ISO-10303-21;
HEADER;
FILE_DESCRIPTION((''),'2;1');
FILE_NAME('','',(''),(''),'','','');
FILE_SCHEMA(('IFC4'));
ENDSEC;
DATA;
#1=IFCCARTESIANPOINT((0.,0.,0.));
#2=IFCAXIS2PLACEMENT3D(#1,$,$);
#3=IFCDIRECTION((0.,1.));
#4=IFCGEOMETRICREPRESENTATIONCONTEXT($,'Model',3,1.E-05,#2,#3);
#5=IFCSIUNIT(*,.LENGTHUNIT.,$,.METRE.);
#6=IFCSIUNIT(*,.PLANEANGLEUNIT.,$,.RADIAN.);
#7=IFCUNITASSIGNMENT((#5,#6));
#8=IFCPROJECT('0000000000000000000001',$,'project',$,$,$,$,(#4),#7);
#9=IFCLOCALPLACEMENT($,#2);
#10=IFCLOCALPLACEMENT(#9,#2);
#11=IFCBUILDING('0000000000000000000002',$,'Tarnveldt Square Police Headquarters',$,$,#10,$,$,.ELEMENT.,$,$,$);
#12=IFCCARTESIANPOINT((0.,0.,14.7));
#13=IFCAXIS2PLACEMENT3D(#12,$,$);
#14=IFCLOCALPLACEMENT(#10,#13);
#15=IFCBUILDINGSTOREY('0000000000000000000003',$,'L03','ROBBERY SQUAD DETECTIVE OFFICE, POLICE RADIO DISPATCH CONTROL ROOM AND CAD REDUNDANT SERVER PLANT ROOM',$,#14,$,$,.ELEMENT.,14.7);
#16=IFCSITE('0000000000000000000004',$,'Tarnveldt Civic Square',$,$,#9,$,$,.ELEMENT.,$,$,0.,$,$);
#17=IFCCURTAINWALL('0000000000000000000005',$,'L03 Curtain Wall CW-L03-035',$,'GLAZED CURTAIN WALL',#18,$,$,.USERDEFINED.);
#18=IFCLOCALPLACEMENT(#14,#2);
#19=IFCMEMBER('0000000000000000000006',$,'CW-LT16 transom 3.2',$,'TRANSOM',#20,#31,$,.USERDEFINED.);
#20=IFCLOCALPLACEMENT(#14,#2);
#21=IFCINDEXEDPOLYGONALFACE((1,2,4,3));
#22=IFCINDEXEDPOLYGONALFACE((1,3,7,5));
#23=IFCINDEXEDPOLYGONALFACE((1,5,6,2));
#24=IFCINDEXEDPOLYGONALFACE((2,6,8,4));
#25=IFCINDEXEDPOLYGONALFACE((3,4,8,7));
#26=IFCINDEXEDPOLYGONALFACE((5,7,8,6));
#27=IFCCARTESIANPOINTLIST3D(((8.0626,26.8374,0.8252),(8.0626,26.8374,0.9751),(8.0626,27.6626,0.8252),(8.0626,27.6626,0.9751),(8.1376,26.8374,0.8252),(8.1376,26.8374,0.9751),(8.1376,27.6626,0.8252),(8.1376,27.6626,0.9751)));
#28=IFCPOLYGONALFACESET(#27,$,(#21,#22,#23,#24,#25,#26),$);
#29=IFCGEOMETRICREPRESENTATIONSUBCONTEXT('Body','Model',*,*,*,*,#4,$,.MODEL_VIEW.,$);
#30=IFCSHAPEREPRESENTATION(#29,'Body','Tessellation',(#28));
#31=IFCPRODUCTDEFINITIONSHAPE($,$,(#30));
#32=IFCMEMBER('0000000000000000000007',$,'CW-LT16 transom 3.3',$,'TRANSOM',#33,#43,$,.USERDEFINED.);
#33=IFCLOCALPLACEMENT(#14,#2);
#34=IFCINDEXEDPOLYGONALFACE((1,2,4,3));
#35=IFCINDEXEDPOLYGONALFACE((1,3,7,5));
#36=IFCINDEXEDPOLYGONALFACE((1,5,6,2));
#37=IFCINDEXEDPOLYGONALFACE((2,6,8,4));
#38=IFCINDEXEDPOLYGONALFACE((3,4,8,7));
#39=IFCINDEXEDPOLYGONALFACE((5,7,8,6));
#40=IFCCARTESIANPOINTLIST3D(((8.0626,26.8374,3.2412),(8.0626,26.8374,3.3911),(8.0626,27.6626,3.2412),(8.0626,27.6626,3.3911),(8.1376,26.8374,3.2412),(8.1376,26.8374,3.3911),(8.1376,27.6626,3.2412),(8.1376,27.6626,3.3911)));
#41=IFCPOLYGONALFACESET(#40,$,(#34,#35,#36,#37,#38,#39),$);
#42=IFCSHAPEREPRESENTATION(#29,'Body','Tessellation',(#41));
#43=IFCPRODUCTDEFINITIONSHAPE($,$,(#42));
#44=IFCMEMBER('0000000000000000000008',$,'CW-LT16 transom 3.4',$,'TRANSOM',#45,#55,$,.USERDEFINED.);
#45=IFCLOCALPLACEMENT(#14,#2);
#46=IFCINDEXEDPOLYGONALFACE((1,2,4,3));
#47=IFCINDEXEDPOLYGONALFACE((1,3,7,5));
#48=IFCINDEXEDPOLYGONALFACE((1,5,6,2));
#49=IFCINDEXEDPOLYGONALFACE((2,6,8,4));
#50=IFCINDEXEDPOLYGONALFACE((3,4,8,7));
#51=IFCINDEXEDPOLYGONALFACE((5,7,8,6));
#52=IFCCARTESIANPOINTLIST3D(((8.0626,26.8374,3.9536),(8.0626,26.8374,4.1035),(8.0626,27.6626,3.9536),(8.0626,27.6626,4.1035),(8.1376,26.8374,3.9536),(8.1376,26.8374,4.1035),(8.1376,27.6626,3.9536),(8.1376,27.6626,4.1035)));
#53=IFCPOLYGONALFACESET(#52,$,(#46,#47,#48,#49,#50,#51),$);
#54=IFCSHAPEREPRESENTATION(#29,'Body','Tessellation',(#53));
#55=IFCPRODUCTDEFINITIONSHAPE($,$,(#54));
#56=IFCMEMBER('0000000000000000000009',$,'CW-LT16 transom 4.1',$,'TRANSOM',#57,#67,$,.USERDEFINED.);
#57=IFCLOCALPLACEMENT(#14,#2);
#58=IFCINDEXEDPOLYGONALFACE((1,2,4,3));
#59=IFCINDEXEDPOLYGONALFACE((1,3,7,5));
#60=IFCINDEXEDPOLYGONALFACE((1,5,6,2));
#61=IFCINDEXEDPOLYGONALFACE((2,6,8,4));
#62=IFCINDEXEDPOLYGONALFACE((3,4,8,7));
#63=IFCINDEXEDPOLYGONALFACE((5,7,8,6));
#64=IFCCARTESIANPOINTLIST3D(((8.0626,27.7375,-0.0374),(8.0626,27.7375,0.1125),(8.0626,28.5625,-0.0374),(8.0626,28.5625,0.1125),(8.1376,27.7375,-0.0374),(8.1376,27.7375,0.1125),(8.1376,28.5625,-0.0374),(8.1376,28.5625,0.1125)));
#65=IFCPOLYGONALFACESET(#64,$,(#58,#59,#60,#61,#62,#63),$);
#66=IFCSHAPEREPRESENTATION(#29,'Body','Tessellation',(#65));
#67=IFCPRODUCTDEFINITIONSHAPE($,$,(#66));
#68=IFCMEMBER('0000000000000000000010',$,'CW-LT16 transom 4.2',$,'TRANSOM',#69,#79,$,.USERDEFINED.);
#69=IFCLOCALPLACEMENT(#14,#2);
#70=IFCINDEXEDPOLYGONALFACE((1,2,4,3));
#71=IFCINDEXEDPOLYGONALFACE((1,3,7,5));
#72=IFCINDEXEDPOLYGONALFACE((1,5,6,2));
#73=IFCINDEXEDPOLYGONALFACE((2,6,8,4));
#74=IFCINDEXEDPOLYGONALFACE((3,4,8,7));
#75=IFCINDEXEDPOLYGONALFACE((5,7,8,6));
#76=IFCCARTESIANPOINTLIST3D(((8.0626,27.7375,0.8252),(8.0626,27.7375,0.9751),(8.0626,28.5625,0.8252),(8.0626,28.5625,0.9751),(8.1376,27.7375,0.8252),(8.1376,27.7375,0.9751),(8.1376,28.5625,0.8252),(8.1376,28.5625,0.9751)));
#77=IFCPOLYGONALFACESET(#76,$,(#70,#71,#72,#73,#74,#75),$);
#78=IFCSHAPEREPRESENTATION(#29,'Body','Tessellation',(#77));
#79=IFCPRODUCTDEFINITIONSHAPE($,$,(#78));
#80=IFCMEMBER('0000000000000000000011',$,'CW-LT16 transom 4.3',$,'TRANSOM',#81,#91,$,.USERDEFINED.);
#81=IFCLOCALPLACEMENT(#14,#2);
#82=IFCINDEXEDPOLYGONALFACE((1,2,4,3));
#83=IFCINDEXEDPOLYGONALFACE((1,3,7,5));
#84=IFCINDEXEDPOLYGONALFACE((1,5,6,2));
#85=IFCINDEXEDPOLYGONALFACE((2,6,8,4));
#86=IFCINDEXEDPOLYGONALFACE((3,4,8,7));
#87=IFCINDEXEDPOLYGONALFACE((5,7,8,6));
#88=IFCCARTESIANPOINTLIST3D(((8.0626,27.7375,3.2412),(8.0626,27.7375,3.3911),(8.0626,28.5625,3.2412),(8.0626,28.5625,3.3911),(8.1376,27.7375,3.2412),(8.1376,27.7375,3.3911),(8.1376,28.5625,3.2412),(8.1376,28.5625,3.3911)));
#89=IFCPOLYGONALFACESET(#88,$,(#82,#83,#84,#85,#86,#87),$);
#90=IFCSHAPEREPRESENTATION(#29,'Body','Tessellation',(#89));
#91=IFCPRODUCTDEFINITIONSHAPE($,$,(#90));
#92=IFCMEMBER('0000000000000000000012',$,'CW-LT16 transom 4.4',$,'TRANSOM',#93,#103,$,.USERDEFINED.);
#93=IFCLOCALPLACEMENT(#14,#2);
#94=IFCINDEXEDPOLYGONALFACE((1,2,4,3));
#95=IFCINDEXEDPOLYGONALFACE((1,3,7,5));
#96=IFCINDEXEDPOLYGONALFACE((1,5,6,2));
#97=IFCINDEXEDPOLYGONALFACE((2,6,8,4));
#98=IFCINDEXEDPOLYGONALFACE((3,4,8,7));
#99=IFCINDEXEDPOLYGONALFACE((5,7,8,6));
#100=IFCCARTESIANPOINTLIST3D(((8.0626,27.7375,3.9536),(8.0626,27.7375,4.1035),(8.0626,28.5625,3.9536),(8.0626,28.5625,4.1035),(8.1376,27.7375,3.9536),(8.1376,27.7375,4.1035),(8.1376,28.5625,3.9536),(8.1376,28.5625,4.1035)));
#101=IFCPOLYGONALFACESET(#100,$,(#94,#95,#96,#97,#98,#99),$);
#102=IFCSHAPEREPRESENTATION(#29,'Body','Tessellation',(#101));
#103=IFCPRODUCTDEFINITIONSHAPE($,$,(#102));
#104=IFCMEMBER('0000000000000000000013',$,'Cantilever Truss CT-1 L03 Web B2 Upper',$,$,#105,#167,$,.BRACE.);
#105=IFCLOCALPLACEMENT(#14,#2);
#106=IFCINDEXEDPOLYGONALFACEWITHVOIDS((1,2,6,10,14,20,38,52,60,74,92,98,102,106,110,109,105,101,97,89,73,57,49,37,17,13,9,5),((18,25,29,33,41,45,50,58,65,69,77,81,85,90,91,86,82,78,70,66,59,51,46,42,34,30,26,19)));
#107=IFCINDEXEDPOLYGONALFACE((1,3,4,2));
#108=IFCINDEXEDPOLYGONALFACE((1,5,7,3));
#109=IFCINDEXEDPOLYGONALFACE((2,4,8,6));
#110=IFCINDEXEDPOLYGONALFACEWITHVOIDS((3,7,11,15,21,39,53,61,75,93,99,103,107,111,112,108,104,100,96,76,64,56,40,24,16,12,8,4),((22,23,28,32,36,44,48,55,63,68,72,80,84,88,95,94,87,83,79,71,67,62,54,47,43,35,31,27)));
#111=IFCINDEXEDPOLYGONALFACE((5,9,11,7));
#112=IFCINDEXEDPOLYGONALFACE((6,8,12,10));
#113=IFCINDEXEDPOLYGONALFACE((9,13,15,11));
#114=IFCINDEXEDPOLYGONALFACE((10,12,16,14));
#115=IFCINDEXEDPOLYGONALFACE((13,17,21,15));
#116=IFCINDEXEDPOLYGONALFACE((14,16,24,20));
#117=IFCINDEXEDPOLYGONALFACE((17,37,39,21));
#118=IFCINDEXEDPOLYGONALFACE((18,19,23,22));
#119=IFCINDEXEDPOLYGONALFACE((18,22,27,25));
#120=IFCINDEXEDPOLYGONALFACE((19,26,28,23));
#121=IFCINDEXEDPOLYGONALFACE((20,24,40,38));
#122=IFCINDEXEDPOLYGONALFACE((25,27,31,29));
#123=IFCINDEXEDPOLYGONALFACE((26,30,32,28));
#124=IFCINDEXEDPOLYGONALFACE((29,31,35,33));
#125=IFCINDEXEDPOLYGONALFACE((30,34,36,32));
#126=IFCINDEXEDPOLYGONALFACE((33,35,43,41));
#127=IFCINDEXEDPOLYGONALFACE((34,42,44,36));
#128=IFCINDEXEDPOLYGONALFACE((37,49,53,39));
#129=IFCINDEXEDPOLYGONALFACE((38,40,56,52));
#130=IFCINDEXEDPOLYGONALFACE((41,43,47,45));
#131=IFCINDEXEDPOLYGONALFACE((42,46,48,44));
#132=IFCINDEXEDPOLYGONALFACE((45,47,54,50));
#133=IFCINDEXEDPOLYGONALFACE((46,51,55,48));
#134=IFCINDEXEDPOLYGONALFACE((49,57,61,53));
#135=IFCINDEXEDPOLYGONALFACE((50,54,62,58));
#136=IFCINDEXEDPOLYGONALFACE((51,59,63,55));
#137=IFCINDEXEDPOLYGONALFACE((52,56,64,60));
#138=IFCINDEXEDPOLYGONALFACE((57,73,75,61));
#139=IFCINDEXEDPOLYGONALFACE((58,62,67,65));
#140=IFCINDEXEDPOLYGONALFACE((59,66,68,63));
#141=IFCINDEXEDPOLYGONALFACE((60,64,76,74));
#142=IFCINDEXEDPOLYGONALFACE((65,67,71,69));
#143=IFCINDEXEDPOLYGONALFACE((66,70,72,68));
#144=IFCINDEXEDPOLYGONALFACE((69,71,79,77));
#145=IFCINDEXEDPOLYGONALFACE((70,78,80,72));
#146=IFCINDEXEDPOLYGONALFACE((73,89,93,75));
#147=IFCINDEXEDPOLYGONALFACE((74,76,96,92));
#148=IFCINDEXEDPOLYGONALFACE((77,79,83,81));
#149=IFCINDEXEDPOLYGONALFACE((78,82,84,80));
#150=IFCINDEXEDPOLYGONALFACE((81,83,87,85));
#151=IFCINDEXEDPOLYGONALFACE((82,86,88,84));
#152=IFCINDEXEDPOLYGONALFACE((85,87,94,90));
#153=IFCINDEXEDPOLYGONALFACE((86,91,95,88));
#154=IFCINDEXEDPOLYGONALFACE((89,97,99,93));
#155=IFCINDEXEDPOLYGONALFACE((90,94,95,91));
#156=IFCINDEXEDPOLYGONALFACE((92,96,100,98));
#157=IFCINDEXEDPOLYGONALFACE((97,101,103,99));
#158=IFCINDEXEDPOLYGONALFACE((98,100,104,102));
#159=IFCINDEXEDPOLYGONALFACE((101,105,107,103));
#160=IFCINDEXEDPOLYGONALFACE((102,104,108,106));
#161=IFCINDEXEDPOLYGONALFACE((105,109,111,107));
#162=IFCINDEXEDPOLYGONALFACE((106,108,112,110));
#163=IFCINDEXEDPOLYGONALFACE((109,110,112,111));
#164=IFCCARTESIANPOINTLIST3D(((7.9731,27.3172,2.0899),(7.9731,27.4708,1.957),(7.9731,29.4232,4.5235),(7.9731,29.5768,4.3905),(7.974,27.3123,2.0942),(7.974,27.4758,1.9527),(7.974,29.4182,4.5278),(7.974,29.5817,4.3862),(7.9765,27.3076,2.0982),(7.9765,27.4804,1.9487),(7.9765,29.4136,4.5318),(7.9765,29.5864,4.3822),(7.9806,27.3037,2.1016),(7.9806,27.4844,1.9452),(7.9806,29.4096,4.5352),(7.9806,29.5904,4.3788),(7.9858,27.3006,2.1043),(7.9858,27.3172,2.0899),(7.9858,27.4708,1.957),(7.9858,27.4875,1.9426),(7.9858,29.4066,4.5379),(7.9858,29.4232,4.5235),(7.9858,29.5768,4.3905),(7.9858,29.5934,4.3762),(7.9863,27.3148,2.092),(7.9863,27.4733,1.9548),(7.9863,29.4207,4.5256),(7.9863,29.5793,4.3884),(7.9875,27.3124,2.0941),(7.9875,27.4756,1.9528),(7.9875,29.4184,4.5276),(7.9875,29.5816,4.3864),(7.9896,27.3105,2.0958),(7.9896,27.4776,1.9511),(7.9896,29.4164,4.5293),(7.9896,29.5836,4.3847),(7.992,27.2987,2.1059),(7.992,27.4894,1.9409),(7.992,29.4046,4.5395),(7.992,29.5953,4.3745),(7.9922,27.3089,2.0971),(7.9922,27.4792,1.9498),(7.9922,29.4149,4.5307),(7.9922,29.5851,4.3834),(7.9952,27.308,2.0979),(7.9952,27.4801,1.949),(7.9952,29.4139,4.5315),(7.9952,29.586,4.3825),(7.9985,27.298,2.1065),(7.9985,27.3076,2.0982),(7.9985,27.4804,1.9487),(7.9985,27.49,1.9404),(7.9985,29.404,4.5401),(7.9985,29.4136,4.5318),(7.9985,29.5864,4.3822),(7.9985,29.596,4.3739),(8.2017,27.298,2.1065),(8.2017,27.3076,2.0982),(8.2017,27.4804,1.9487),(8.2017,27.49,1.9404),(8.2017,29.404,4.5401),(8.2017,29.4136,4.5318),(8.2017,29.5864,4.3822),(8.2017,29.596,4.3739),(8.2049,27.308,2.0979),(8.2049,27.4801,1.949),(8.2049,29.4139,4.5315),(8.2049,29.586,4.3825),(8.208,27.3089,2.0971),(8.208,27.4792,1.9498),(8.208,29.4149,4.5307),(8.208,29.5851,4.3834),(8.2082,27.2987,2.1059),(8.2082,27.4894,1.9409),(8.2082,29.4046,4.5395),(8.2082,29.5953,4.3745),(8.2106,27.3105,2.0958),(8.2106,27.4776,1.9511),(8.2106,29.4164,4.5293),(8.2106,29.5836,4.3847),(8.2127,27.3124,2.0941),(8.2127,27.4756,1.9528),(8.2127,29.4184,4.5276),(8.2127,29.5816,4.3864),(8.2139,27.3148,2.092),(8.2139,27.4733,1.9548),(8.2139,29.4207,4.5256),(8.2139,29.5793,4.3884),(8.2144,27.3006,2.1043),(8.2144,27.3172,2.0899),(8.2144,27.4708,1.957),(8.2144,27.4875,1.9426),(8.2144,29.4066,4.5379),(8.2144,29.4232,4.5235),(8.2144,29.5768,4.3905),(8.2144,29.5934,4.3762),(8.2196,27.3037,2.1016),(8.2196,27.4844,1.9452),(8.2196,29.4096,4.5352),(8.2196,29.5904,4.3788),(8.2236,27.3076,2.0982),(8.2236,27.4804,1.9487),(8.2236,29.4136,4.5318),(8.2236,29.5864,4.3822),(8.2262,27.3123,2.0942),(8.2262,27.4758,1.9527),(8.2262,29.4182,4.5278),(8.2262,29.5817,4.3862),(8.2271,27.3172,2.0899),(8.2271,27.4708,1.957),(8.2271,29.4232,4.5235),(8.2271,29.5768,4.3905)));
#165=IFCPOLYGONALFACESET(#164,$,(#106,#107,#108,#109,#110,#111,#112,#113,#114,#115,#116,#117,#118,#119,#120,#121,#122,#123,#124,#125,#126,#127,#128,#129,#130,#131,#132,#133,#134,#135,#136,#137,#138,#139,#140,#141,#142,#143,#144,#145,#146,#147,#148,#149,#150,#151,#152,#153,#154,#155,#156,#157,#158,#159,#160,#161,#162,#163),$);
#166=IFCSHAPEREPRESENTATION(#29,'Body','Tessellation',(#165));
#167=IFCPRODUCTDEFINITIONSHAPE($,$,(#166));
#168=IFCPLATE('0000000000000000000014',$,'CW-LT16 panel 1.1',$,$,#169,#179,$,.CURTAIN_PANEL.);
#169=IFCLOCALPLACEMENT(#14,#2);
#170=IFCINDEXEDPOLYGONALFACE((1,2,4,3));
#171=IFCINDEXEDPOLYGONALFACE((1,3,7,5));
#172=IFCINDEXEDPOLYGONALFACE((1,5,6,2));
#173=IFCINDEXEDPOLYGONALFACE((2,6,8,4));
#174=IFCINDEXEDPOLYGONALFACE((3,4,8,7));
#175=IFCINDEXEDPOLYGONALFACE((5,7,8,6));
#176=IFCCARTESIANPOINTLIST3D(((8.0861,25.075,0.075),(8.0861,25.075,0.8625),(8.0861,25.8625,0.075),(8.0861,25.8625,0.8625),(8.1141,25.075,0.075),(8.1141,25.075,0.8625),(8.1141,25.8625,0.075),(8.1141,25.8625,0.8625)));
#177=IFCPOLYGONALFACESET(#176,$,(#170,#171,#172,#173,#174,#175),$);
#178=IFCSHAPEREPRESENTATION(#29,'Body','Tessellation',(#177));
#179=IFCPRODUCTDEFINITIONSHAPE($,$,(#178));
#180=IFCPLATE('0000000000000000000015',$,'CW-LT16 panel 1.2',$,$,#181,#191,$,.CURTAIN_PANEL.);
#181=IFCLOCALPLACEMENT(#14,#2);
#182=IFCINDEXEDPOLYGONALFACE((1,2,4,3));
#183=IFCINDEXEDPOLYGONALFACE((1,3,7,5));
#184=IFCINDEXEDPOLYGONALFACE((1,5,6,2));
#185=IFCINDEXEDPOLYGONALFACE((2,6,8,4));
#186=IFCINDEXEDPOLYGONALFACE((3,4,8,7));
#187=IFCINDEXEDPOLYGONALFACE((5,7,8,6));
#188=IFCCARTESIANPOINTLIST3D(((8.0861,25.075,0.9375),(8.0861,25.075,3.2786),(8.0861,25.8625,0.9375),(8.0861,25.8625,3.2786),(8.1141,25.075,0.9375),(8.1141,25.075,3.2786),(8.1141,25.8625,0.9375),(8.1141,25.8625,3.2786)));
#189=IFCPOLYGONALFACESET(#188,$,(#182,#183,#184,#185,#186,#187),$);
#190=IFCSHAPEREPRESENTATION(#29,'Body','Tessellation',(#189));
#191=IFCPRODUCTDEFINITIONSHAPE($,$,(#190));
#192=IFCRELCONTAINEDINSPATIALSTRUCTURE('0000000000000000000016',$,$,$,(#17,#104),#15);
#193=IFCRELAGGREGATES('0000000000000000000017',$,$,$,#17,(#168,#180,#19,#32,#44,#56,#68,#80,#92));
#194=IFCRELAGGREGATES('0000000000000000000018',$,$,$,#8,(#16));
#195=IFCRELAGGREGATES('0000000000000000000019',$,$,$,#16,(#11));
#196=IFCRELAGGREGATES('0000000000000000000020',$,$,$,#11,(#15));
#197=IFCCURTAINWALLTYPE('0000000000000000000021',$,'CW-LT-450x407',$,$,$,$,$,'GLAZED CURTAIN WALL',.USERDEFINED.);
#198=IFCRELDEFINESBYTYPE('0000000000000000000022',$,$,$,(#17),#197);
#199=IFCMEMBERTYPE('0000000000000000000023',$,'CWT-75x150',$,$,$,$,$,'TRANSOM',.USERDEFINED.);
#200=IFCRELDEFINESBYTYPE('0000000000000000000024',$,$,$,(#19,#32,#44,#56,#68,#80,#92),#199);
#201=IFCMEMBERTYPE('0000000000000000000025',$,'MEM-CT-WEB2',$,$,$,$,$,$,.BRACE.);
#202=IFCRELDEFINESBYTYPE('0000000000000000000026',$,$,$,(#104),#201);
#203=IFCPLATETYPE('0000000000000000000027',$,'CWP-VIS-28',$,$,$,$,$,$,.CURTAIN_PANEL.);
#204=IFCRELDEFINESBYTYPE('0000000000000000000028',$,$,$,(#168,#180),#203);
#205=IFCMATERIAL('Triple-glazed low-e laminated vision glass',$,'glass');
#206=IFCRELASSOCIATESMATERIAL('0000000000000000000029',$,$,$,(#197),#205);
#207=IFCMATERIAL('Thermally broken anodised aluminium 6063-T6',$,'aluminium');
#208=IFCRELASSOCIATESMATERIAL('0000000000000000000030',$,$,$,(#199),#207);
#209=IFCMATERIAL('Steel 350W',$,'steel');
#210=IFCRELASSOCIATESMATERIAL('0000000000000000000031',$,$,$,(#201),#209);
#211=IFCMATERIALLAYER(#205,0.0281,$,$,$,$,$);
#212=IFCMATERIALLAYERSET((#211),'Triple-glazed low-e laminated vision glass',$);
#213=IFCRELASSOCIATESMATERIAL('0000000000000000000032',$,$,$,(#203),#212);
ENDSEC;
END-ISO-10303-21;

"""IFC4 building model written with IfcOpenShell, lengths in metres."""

from ifc_helpers import new_model, si_unit, direction, frame, origin, origin_2d, place, context, subcontext, project, spatial, rectangle, hollow_rectangle, extrude, material, layer, layer_set, material_profile, profile_set, type_object, element, aggregate, save


model = new_model("IFC4")

# Units and contexts
model_context = context("Model", 3, precision=1e-05, world=origin(), true_north=direction((0.0, 1.0)))
body_context = subcontext(model_context, "Body", "Model", "MODEL_VIEW")
ifc_project = project(units=[si_unit("LENGTHUNIT", "METRE"), si_unit("PLANEANGLEUNIT", "RADIAN")], contexts=[model_context])

# Site, building, storey
site_placement = place(None, origin())
site = spatial("IfcSite", under=ifc_project, at=site_placement, Name="Tarnveldt Civic Square", CompositionType="ELEMENT", RefElevation=0.0)
building_placement = place(site_placement, origin())
building = spatial("IfcBuilding", under=site, at=building_placement, Name="Tarnveldt Square Police Headquarters", CompositionType="ELEMENT")
storey_placement = place(building_placement, frame((0.0, 0.0, 14.7)))
storey = spatial("IfcBuildingStorey", under=building, at=storey_placement, Name="L03", Description="ROBBERY SQUAD DETECTIVE OFFICE, POLICE RADIO DISPATCH CONTROL ROOM AND CAD REDUNDANT SERVER PLANT ROOM", CompositionType="ELEMENT", Elevation=14.7)

# Shared definitions
ifc_material_1 = material(Name="Steel 350W", Category="steel")

# Curtain wall, members
ifc_material_2 = material(Name="Triple-glazed low-e laminated vision glass", Category="glass")
curtain_wall_type = type_object("IfcCurtainWallType", Name="CW-LT-450x407", ElementType="GLAZED CURTAIN WALL", PredefinedType="USERDEFINED", material=ifc_material_2)
curtain_wall_placement = place(storey_placement, origin())
curtain_wall = element("IfcCurtainWall", 1, at=curtain_wall_placement, inside=storey, type_object=curtain_wall_type, Name="L03 Curtain Wall CW-L03-035", ObjectType="GLAZED CURTAIN WALL", PredefinedType="USERDEFINED")
ifc_material_3 = material(Name="Thermally broken anodised aluminium 6063-T6", Category="aluminium")
ifc_material_profile_1 = material_profile(ifc_material_3, rectangle(XDim=0.075, YDim=0.1499, at=origin_2d()), Name="CW-T75x150")
ifc_profile_set_1 = profile_set([ifc_material_profile_1], Name="Thermally broken anodised aluminium 6063-T6")
member_type_1 = type_object("IfcMemberType", Name="CWT-75x150", ElementType="TRANSOM", PredefinedType="USERDEFINED", material=ifc_profile_set_1)
member_1_placement = place(storey_placement, frame((8.1001, 26.8374, 0.9001), z_axis=(0.0, 1.0, 0.0), x_axis=(-1.0, 0.0, 0.0)))
member_1 = element("IfcMember", 2, at=member_1_placement, type_object=member_type_1, Name="CW-LT16 transom 3.2", ObjectType="TRANSOM", PredefinedType="USERDEFINED", context=body_context, shape_type="SweptSolid", body=[
    extrude(rectangle(XDim=0.075, YDim=0.1499, at=origin_2d()), origin(), (0.0, 0.0, 1.0), 0.8252),
])
member_2_placement = place(storey_placement, frame((8.1001, 26.8374, 3.3162), z_axis=(0.0, 1.0, 0.0), x_axis=(-1.0, 0.0, 0.0)))
member_2 = element("IfcMember", 3, at=member_2_placement, type_object=member_type_1, Name="CW-LT16 transom 3.3", ObjectType="TRANSOM", PredefinedType="USERDEFINED", context=body_context, shape_type="SweptSolid", body=[
    extrude(rectangle(XDim=0.075, YDim=0.1499, at=origin_2d()), origin(), (0.0, 0.0, 1.0), 0.8252),
])
member_3_placement = place(storey_placement, frame((8.1001, 26.8374, 4.0286), z_axis=(0.0, 1.0, 0.0), x_axis=(-1.0, 0.0, 0.0)))
member_3 = element("IfcMember", 4, at=member_3_placement, type_object=member_type_1, Name="CW-LT16 transom 3.4", ObjectType="TRANSOM", PredefinedType="USERDEFINED", context=body_context, shape_type="SweptSolid", body=[
    extrude(rectangle(XDim=0.075, YDim=0.1499, at=origin_2d()), origin(), (0.0, 0.0, 1.0), 0.8252),
])
member_4_placement = place(storey_placement, frame((8.1001, 27.7375, 0.0376), z_axis=(0.0, 1.0, 0.0), x_axis=(-1.0, 0.0, 0.0)))
member_4 = element("IfcMember", 5, at=member_4_placement, type_object=member_type_1, Name="CW-LT16 transom 4.1", ObjectType="TRANSOM", PredefinedType="USERDEFINED", context=body_context, shape_type="SweptSolid", body=[
    extrude(rectangle(XDim=0.075, YDim=0.1499, at=origin_2d()), origin(), (0.0, 0.0, 1.0), 0.825),
])
member_5_placement = place(storey_placement, frame((8.1001, 27.7375, 0.9001), z_axis=(0.0, 1.0, 0.0), x_axis=(-1.0, 0.0, 0.0)))
member_5 = element("IfcMember", 6, at=member_5_placement, type_object=member_type_1, Name="CW-LT16 transom 4.2", ObjectType="TRANSOM", PredefinedType="USERDEFINED", context=body_context, shape_type="SweptSolid", body=[
    extrude(rectangle(XDim=0.075, YDim=0.1499, at=origin_2d()), origin(), (0.0, 0.0, 1.0), 0.825),
])
member_6_placement = place(storey_placement, frame((8.1001, 27.7375, 3.3162), z_axis=(0.0, 1.0, 0.0), x_axis=(-1.0, 0.0, 0.0)))
member_6 = element("IfcMember", 7, at=member_6_placement, type_object=member_type_1, Name="CW-LT16 transom 4.3", ObjectType="TRANSOM", PredefinedType="USERDEFINED", context=body_context, shape_type="SweptSolid", body=[
    extrude(rectangle(XDim=0.075, YDim=0.1499, at=origin_2d()), origin(), (0.0, 0.0, 1.0), 0.825),
])
member_7_placement = place(storey_placement, frame((8.1001, 27.7375, 4.0286), z_axis=(0.0, 1.0, 0.0), x_axis=(-1.0, 0.0, 0.0)))
member_7 = element("IfcMember", 8, at=member_7_placement, type_object=member_type_1, Name="CW-LT16 transom 4.4", ObjectType="TRANSOM", PredefinedType="USERDEFINED", context=body_context, shape_type="SweptSolid", body=[
    extrude(rectangle(XDim=0.075, YDim=0.1499, at=origin_2d()), origin(), (0.0, 0.0, 1.0), 0.825),
])

# Member
ifc_material_profile_2 = material_profile(ifc_material_1, hollow_rectangle(XDim=0.2539, YDim=0.2539, WallThickness=0.0127, InnerFilletRadius=0.0127, OuterFilletRadius=0.0254, at=origin_2d()), Name="HSS254x254x13")
ifc_profile_set_2 = profile_set([ifc_material_profile_2], Name="Steel 350W")
member_type_2 = type_object("IfcMemberType", Name="MEM-CT-WEB2", PredefinedType="BRACE", material=ifc_profile_set_2)
member_8_placement = place(storey_placement, frame((8.1001, 27.394, 2.0234), z_axis=(0.0, 0.65437, 0.756174), x_axis=(-1.0, 0.0, 0.0)))
element("IfcMember", 9, at=member_8_placement, inside=storey, type_object=member_type_2, Name="Cantilever Truss CT-1 L03 Web B2 Upper", PredefinedType="BRACE", context=body_context, shape_type="SweptSolid", body=[
    extrude(hollow_rectangle(XDim=0.2539, YDim=0.2539, WallThickness=0.0127, InnerFilletRadius=0.0127, OuterFilletRadius=0.0254, at=origin_2d()), origin(), (0.0, 0.0, 1.0), 3.2183),
])

# Plates
ifc_layer_1 = layer(ifc_material_2, 0.0281)
ifc_layer_set_1 = layer_set([ifc_layer_1], Name="Triple-glazed low-e laminated vision glass")
plate_type_1 = type_object("IfcPlateType", Name="CWP-VIS-28", PredefinedType="CURTAIN_PANEL", material=ifc_layer_set_1)
plate_1_placement = place(storey_placement, frame((8.1001, 25.4688, 0.075), z_axis=(0.0, 0.0, 1.0), x_axis=(0.0, 1.0, 0.0)))
plate_1 = element("IfcPlate", 10, at=plate_1_placement, type_object=plate_type_1, Name="CW-LT16 panel 1.1", PredefinedType="CURTAIN_PANEL", context=body_context, shape_type="SweptSolid", body=[
    extrude(rectangle(XDim=0.7876, YDim=0.0281, at=origin_2d()), origin(), (0.0, 0.0, 1.0), 0.7876),
])
plate_2_placement = place(storey_placement, frame((8.1001, 25.4688, 0.9375), z_axis=(0.0, 0.0, 1.0), x_axis=(0.0, 1.0, 0.0)))
plate_2 = element("IfcPlate", 11, at=plate_2_placement, type_object=plate_type_1, Name="CW-LT16 panel 1.2", PredefinedType="CURTAIN_PANEL", context=body_context, shape_type="SweptSolid", body=[
    extrude(rectangle(XDim=0.7876, YDim=0.0281, at=origin_2d()), origin(), (0.0, 0.0, 1.0), 2.3411),
])
aggregate(curtain_wall, [plate_1, plate_2, member_1, member_2, member_3, member_4, member_5, member_6, member_7])

save(model, "model.ifc")
